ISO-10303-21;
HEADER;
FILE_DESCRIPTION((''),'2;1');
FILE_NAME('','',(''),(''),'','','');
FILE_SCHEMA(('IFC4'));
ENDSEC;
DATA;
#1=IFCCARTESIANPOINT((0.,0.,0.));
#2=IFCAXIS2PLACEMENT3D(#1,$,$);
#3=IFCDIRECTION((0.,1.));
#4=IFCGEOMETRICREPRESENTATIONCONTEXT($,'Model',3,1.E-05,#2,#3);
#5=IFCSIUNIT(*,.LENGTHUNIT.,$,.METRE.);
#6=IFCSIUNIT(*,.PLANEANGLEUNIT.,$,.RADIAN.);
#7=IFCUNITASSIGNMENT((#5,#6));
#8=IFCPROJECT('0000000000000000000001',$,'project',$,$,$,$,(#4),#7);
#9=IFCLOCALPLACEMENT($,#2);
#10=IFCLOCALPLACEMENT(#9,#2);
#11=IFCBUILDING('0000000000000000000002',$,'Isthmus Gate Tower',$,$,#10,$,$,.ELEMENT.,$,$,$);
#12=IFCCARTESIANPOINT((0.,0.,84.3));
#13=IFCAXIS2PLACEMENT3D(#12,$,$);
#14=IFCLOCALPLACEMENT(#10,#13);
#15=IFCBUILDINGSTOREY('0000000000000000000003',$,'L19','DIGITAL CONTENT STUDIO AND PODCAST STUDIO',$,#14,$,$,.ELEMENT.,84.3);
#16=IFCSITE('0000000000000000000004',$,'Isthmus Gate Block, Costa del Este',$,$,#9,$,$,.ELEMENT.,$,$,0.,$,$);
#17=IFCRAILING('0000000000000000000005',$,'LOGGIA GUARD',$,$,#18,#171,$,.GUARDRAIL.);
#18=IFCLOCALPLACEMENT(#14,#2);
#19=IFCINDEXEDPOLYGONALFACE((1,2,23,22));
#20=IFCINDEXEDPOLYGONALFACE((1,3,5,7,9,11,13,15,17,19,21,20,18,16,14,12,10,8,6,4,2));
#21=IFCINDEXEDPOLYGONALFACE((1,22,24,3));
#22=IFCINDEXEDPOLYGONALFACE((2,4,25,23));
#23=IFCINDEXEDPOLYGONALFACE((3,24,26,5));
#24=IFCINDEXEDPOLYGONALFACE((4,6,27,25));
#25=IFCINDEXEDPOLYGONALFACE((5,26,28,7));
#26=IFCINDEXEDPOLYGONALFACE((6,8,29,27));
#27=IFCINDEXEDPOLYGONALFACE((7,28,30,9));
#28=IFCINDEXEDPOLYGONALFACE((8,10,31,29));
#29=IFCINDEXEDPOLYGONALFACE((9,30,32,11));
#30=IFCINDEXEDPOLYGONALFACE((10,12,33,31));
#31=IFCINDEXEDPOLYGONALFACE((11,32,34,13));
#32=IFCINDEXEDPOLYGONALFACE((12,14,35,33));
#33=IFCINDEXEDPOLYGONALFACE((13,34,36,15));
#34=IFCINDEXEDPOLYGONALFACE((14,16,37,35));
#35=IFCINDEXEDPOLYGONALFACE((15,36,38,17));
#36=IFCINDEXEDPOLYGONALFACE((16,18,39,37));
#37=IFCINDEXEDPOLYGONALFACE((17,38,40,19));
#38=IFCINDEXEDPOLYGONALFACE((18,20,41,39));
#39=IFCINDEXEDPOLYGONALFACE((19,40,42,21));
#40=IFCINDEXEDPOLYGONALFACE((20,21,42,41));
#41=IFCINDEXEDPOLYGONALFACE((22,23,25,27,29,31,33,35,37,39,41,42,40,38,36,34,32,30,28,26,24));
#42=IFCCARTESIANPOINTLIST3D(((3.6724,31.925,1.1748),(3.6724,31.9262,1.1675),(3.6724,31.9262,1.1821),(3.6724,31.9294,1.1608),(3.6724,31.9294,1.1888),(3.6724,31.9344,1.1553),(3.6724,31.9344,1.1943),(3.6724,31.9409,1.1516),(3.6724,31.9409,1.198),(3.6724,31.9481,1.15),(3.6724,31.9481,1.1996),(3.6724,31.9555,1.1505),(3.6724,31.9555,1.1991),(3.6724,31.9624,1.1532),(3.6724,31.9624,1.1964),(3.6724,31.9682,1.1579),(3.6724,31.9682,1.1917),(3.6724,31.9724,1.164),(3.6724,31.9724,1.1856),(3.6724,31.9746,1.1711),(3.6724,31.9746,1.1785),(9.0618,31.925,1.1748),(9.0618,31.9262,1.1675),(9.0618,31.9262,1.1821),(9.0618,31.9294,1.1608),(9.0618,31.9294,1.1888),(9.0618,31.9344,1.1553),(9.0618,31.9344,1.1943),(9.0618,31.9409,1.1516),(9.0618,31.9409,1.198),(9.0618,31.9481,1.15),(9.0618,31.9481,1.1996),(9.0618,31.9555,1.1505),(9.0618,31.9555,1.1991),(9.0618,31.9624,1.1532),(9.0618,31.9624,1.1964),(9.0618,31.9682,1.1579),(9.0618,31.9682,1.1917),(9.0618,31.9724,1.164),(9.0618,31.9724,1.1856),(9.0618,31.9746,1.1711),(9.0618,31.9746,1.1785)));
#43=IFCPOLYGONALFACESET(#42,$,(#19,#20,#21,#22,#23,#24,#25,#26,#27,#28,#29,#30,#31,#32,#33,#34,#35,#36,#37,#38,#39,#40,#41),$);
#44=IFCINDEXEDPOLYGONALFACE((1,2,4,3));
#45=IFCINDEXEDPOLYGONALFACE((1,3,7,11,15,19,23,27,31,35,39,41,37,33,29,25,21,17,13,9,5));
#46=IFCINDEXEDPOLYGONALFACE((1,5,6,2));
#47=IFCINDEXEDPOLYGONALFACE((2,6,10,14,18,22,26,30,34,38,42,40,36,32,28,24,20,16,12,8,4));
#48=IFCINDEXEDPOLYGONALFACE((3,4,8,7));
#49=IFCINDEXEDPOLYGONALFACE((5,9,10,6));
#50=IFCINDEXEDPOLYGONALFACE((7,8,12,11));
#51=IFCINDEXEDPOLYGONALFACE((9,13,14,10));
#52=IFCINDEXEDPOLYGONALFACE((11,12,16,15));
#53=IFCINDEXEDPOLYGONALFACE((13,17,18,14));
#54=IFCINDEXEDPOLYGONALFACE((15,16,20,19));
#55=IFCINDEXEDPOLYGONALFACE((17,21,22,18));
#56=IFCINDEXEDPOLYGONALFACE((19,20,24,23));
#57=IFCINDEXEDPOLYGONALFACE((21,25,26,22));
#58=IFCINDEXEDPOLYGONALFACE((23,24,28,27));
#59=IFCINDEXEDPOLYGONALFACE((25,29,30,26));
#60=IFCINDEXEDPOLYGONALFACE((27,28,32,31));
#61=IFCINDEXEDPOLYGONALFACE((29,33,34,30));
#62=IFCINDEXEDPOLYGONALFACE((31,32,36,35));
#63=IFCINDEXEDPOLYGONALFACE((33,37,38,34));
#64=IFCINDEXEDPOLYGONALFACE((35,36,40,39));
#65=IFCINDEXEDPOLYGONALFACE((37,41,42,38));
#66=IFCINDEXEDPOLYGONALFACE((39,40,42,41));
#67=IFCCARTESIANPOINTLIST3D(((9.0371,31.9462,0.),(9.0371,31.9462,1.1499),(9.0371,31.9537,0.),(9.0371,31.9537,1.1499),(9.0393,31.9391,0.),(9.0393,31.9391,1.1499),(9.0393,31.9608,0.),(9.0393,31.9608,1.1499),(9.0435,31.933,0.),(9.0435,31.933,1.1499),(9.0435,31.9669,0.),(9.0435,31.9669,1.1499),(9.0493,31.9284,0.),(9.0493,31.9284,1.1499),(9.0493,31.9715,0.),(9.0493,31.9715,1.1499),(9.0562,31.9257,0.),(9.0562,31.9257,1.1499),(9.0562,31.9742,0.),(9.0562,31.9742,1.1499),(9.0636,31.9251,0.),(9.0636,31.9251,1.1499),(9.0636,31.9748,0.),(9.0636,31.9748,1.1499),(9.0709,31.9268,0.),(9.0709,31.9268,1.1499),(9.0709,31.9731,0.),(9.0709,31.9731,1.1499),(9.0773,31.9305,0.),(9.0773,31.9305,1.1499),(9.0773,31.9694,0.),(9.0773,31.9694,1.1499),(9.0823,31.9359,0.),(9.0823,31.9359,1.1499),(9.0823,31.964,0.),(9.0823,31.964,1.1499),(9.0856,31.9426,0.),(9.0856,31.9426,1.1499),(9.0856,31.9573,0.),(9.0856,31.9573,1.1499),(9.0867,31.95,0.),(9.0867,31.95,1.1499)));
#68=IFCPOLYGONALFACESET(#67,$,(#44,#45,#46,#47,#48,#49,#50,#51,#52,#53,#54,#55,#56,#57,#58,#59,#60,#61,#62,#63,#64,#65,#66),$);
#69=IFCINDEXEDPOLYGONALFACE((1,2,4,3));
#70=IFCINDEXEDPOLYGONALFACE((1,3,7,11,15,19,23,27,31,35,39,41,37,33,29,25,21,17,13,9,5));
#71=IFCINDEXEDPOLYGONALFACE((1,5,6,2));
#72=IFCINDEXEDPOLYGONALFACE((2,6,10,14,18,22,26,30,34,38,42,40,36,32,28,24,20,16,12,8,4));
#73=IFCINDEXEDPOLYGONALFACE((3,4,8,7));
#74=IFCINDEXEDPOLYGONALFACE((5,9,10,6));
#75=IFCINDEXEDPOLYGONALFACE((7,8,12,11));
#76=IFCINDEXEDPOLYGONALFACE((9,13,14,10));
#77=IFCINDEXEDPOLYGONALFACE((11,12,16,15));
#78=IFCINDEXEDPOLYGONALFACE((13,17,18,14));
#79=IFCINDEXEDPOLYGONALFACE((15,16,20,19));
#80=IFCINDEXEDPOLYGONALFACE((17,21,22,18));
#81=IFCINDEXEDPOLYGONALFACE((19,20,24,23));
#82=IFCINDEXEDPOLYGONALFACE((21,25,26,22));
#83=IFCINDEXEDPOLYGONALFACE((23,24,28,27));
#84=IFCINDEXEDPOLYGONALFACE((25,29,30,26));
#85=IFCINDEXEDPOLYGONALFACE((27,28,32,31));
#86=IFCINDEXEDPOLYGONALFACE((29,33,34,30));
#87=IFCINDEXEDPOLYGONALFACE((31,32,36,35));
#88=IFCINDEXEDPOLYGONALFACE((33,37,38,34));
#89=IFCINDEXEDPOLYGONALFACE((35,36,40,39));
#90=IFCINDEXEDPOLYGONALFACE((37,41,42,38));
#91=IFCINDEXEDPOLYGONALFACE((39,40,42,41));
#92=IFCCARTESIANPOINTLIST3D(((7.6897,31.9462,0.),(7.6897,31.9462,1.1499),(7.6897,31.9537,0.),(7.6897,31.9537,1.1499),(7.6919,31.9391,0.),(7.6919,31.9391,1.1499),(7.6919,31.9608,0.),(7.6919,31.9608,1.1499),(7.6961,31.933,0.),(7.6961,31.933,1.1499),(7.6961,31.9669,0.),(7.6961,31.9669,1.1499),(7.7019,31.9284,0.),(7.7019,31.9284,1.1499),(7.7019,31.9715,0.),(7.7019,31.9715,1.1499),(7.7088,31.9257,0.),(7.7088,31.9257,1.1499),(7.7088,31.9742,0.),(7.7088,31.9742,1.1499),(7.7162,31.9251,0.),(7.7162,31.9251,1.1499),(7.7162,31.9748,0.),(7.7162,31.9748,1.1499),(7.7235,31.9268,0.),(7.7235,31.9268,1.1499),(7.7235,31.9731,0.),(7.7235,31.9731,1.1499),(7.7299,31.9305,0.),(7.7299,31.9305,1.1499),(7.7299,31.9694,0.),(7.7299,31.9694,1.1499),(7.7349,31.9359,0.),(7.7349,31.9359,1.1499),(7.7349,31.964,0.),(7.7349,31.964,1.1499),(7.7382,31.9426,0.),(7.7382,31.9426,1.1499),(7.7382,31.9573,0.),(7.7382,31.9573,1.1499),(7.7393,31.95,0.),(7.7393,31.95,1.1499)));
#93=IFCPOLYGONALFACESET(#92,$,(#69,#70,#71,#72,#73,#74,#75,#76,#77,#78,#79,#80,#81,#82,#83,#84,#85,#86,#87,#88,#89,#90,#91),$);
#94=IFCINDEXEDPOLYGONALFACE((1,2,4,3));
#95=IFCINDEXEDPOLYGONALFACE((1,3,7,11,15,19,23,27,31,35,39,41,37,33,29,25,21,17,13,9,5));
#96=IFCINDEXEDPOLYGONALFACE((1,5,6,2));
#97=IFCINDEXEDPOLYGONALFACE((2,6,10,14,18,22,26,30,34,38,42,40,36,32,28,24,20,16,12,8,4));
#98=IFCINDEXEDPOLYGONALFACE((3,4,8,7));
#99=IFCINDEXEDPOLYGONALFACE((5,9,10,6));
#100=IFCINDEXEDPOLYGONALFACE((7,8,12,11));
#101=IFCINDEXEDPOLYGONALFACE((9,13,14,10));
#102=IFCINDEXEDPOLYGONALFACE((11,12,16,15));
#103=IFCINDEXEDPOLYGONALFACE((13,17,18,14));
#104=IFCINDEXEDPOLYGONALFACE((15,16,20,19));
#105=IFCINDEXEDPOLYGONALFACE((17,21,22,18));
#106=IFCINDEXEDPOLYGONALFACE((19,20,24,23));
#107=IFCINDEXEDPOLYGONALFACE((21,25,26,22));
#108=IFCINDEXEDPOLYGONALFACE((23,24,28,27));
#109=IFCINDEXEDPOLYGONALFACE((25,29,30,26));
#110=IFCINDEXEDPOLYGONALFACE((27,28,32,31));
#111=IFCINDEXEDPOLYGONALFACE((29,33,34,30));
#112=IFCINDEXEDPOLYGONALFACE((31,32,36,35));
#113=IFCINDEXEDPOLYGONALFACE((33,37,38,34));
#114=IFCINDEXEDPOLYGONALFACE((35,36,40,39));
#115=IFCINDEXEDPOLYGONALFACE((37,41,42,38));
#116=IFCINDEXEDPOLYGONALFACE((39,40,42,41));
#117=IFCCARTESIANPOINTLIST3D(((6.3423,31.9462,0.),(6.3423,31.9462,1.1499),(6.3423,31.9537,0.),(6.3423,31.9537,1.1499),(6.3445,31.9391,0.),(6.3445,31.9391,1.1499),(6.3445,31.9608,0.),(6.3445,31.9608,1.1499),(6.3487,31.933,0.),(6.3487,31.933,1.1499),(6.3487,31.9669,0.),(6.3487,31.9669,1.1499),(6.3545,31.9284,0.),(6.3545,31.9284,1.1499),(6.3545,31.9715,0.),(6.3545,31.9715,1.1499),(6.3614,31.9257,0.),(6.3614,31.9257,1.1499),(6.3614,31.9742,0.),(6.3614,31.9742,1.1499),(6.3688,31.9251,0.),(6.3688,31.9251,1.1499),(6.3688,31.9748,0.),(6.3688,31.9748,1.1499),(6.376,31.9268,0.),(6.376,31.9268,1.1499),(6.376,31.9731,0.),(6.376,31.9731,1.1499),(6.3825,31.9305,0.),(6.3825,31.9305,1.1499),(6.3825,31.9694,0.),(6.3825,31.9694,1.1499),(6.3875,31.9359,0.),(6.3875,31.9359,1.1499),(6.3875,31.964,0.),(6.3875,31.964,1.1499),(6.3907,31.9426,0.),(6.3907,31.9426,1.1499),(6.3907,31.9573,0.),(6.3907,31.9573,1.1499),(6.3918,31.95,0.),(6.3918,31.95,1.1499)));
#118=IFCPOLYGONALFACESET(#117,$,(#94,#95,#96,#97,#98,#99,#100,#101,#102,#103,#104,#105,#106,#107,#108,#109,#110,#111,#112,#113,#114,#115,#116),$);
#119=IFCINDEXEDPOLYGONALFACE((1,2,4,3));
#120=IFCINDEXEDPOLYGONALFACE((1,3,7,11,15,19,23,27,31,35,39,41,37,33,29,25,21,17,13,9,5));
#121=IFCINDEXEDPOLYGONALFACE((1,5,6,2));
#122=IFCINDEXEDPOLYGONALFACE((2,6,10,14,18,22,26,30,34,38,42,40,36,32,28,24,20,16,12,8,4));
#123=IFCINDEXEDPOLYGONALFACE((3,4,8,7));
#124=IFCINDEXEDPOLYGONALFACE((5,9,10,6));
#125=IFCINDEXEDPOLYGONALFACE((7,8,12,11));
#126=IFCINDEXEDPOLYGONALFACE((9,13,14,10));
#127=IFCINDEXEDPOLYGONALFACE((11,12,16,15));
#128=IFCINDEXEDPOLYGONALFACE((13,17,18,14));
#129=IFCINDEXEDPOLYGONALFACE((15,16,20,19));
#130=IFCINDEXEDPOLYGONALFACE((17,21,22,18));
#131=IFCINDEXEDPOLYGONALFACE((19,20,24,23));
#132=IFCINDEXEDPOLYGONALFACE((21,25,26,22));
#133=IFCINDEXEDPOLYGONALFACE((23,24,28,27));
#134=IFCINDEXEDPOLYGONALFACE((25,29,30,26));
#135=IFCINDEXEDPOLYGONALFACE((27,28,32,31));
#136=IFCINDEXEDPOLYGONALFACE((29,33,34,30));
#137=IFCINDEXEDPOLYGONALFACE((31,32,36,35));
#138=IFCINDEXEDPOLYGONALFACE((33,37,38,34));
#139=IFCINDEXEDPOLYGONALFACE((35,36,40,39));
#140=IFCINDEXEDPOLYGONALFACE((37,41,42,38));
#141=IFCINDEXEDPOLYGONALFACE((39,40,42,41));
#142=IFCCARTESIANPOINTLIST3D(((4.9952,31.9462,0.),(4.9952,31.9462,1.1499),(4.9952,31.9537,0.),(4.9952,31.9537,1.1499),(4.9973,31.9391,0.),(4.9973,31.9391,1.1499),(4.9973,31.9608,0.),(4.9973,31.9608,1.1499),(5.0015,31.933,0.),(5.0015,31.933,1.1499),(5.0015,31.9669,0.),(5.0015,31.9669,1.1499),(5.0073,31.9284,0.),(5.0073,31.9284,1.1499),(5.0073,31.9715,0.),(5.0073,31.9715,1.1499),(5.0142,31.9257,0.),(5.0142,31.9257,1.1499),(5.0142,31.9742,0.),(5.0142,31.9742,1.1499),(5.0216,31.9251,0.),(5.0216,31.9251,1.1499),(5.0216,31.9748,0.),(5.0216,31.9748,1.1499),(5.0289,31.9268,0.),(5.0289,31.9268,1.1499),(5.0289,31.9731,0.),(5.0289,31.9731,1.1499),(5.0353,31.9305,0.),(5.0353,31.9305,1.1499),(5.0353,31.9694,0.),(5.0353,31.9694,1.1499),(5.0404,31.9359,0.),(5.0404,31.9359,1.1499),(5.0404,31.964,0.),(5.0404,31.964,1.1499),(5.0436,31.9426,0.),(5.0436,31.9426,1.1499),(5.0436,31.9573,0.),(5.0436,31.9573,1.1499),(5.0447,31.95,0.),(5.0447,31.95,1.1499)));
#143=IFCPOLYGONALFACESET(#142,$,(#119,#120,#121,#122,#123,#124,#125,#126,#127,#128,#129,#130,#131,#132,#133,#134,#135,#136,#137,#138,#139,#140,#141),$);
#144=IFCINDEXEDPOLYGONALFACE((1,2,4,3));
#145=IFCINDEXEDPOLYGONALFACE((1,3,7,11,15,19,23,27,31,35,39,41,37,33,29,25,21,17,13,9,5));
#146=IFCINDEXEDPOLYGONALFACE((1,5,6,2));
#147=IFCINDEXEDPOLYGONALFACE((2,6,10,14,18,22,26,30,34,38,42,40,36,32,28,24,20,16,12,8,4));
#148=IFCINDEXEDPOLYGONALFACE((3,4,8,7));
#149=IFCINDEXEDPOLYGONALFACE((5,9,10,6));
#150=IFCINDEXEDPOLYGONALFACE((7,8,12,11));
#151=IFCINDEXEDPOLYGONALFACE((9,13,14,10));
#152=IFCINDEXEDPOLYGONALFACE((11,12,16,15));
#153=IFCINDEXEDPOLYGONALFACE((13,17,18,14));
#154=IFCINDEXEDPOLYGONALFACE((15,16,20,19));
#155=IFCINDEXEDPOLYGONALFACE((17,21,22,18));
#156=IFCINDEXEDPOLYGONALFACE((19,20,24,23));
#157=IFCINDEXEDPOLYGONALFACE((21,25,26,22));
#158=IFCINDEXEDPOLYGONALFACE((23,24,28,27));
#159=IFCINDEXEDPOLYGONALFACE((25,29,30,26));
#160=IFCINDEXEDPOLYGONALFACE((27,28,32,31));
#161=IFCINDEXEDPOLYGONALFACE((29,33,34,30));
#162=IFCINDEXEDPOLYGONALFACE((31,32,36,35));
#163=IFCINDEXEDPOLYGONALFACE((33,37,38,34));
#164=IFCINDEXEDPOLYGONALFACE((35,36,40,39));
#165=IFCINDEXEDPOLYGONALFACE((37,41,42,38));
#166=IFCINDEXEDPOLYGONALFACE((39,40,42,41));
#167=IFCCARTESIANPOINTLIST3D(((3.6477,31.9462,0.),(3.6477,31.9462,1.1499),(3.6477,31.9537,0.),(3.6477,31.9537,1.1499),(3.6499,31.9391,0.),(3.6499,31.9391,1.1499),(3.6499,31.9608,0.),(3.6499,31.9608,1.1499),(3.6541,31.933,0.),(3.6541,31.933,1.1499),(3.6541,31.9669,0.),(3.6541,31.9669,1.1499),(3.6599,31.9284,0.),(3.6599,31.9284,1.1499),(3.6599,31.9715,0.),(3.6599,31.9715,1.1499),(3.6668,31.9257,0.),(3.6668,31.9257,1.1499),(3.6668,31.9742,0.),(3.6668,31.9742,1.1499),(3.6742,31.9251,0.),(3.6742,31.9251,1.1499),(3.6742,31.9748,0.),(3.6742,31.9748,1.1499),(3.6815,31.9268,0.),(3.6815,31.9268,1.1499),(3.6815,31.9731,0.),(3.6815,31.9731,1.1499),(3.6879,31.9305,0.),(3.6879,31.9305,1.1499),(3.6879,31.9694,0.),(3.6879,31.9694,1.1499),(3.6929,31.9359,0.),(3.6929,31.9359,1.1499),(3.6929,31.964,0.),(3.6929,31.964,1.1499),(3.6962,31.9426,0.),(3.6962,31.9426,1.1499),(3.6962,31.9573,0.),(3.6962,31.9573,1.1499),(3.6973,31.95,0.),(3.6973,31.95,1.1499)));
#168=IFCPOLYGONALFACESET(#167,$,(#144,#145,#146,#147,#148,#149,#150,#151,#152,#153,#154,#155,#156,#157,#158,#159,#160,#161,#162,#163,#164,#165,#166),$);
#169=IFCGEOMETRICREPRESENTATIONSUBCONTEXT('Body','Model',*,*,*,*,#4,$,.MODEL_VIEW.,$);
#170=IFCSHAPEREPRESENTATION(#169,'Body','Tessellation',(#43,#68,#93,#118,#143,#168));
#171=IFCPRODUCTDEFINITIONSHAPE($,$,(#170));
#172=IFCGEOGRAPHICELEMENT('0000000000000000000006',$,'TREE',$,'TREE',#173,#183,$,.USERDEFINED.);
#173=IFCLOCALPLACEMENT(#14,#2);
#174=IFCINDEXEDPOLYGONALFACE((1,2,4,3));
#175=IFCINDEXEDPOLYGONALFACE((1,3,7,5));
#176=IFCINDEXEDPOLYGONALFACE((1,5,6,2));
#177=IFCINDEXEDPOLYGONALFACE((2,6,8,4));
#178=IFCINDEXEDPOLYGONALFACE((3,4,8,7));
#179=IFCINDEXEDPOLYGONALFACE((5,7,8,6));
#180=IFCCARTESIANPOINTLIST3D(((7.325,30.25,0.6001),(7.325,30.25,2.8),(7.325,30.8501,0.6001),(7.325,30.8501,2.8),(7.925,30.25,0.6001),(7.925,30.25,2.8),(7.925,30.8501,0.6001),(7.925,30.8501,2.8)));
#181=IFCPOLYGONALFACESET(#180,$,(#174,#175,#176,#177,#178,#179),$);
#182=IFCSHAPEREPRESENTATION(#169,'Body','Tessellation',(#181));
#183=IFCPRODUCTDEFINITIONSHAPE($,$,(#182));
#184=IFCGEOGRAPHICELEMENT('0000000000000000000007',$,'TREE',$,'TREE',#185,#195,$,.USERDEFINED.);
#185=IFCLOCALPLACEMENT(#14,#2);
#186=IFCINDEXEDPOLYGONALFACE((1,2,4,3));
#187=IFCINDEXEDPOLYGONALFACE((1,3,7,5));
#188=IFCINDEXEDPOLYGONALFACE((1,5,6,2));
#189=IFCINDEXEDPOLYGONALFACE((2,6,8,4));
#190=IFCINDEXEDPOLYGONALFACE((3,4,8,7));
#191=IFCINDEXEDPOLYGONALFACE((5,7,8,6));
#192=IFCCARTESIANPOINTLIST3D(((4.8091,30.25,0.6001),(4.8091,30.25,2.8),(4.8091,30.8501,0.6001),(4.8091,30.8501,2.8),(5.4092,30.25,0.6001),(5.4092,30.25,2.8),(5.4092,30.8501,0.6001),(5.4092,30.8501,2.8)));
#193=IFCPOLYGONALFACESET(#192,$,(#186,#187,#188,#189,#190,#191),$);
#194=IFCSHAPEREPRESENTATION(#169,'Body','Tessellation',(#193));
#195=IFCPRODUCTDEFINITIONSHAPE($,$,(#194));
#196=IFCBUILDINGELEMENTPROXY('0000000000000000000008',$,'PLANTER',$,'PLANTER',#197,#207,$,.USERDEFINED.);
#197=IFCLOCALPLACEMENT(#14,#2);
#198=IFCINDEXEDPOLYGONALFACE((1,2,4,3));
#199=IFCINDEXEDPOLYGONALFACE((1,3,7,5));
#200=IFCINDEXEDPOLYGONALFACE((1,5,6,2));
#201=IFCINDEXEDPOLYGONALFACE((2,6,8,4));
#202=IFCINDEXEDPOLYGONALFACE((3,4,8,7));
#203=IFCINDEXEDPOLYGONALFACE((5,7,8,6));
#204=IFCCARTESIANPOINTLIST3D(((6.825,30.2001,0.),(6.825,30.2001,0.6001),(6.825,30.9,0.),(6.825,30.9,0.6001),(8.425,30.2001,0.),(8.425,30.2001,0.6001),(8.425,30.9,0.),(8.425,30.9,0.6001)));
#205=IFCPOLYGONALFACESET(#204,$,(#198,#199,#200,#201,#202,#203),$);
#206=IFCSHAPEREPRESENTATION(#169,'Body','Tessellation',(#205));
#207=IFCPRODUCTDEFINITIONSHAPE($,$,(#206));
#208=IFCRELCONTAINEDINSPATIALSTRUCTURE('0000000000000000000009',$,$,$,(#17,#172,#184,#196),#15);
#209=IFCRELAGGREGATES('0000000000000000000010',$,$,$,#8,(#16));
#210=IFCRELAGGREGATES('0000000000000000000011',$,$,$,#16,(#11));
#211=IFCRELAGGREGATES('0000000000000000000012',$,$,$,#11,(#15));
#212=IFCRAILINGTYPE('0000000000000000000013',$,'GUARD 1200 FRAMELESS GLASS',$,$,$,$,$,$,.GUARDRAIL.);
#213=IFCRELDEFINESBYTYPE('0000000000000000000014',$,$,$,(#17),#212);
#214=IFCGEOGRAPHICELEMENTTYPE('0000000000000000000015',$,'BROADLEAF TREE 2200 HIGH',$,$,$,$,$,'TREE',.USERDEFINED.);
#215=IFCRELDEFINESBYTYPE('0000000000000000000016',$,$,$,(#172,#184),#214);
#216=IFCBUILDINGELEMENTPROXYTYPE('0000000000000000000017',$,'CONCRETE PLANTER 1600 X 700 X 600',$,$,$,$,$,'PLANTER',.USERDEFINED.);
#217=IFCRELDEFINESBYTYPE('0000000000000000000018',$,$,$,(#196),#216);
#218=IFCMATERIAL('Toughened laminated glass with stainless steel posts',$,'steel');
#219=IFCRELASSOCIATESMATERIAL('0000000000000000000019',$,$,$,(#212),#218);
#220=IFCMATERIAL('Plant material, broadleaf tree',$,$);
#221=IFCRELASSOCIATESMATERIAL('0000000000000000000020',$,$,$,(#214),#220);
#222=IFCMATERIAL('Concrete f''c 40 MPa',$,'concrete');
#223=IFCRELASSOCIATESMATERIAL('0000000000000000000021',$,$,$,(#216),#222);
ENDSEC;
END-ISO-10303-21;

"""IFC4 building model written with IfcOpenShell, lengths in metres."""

from ifc_helpers import new_model, si_unit, direction, frame, origin, origin_2d, place, context, subcontext, project, spatial, rectangle, circle, extrude, material, type_object, element, save


model = new_model("IFC4")

# Units and contexts
model_context = context("Model", 3, precision=1e-05, world=origin(), true_north=direction((0.0, 1.0)))
body_context = subcontext(model_context, "Body", "Model", "MODEL_VIEW")
ifc_project = project(units=[si_unit("LENGTHUNIT", "METRE"), si_unit("PLANEANGLEUNIT", "RADIAN")], contexts=[model_context])

# Site, building, storey
site_placement = place(None, origin())
site = spatial("IfcSite", under=ifc_project, at=site_placement, Name="Isthmus Gate Block, Costa del Este", CompositionType="ELEMENT", RefElevation=0.0)
building_placement = place(site_placement, origin())
building = spatial("IfcBuilding", under=site, at=building_placement, Name="Isthmus Gate Tower", CompositionType="ELEMENT")
storey_placement = place(building_placement, frame((0.0, 0.0, 84.3)))
storey = spatial("IfcBuildingStorey", under=building, at=storey_placement, Name="L19", Description="DIGITAL CONTENT STUDIO AND PODCAST STUDIO", CompositionType="ELEMENT", Elevation=84.3)

# Railing
ifc_material_1 = material(Name="Toughened laminated glass with stainless steel posts", Category="steel")
railing_type = type_object("IfcRailingType", Name="GUARD 1200 FRAMELESS GLASS", PredefinedType="GUARDRAIL", material=ifc_material_1)
railing_placement = place(storey_placement, frame((9.0618, 31.95, 0.0)))
element("IfcRailing", 1, at=railing_placement, inside=storey, type_object=railing_type, Name="LOGGIA GUARD", PredefinedType="GUARDRAIL", context=body_context, shape_type="SweptSolid", body=[
    extrude(circle(Radius=0.0249, at=origin_2d()), frame((0.0, 0.0, 1.1748), z_axis=(-1.0, 0.0, 0.0), x_axis=(0.0, -1.0, 0.0)), (0.0, 0.0, 1.0), 5.3894),
    extrude(circle(Radius=0.0249, at=origin_2d()), origin(), (0.0, 0.0, 1.0), 1.1499),
    extrude(circle(Radius=0.0249, at=origin_2d()), frame((-1.3474, 0.0, 0.0)), (0.0, 0.0, 1.0), 1.1499),
    extrude(circle(Radius=0.0249, at=origin_2d()), frame((-2.6948, 0.0, 0.0)), (0.0, 0.0, 1.0), 1.1499),
    extrude(circle(Radius=0.0249, at=origin_2d()), frame((-4.042, 0.0, 0.0)), (0.0, 0.0, 1.0), 1.1499),
    extrude(circle(Radius=0.0249, at=origin_2d()), frame((-5.3894, 0.0, 0.0)), (0.0, 0.0, 1.0), 1.1499),
])

# Geographic elements
ifc_material_2 = material(Name="Plant material, broadleaf tree")
geographic_element_type = type_object("IfcGeographicElementType", Name="BROADLEAF TREE 2200 HIGH", ElementType="TREE", PredefinedType="USERDEFINED", material=ifc_material_2)
for number, where, z_axis, x_axis, name in (
    (2, (7.625, 30.55, 0.6001), (0.0, 0.0, 1.0), (-1.0, 0.0, 0.0), "TREE"),
    (3, (5.1091, 30.55, 0.6001), (0.0, 0.0, 1.0), (-1.0, 0.0, 0.0), "TREE"),
):
    element("IfcGeographicElement", number, at=place(storey_placement, frame(where, z_axis=z_axis, x_axis=x_axis)), inside=storey, type_object=geographic_element_type, Name=name, ObjectType="TREE", PredefinedType="USERDEFINED", context=body_context, shape_type="SweptSolid", body=[
        extrude(rectangle(XDim=0.6001, YDim=0.6001, at=origin_2d()), origin(), (0.0, 0.0, 1.0), 2.2),
    ])

# Building element proxy
ifc_material_3 = material(Name="Concrete f'c 40 MPa", Category="concrete")
building_element_proxy_type = type_object("IfcBuildingElementProxyType", Name="CONCRETE PLANTER 1600 X 700 X 600", ElementType="PLANTER", PredefinedType="USERDEFINED", material=ifc_material_3)
for number, where, z_axis, x_axis, name in (
    (4, (7.625, 30.55, 0.0), (0.0, 0.0, 1.0), (-1.0, 0.0, 0.0), "PLANTER"),
):
    element("IfcBuildingElementProxy", number, at=place(storey_placement, frame(where, z_axis=z_axis, x_axis=x_axis)), inside=storey, type_object=building_element_proxy_type, Name=name, ObjectType="PLANTER", PredefinedType="USERDEFINED", context=body_context, shape_type="SweptSolid", body=[
        extrude(rectangle(XDim=1.6001, YDim=0.7, at=origin_2d()), origin(), (0.0, 0.0, 1.0), 0.6001),
    ])

save(model, "model.ifc")
